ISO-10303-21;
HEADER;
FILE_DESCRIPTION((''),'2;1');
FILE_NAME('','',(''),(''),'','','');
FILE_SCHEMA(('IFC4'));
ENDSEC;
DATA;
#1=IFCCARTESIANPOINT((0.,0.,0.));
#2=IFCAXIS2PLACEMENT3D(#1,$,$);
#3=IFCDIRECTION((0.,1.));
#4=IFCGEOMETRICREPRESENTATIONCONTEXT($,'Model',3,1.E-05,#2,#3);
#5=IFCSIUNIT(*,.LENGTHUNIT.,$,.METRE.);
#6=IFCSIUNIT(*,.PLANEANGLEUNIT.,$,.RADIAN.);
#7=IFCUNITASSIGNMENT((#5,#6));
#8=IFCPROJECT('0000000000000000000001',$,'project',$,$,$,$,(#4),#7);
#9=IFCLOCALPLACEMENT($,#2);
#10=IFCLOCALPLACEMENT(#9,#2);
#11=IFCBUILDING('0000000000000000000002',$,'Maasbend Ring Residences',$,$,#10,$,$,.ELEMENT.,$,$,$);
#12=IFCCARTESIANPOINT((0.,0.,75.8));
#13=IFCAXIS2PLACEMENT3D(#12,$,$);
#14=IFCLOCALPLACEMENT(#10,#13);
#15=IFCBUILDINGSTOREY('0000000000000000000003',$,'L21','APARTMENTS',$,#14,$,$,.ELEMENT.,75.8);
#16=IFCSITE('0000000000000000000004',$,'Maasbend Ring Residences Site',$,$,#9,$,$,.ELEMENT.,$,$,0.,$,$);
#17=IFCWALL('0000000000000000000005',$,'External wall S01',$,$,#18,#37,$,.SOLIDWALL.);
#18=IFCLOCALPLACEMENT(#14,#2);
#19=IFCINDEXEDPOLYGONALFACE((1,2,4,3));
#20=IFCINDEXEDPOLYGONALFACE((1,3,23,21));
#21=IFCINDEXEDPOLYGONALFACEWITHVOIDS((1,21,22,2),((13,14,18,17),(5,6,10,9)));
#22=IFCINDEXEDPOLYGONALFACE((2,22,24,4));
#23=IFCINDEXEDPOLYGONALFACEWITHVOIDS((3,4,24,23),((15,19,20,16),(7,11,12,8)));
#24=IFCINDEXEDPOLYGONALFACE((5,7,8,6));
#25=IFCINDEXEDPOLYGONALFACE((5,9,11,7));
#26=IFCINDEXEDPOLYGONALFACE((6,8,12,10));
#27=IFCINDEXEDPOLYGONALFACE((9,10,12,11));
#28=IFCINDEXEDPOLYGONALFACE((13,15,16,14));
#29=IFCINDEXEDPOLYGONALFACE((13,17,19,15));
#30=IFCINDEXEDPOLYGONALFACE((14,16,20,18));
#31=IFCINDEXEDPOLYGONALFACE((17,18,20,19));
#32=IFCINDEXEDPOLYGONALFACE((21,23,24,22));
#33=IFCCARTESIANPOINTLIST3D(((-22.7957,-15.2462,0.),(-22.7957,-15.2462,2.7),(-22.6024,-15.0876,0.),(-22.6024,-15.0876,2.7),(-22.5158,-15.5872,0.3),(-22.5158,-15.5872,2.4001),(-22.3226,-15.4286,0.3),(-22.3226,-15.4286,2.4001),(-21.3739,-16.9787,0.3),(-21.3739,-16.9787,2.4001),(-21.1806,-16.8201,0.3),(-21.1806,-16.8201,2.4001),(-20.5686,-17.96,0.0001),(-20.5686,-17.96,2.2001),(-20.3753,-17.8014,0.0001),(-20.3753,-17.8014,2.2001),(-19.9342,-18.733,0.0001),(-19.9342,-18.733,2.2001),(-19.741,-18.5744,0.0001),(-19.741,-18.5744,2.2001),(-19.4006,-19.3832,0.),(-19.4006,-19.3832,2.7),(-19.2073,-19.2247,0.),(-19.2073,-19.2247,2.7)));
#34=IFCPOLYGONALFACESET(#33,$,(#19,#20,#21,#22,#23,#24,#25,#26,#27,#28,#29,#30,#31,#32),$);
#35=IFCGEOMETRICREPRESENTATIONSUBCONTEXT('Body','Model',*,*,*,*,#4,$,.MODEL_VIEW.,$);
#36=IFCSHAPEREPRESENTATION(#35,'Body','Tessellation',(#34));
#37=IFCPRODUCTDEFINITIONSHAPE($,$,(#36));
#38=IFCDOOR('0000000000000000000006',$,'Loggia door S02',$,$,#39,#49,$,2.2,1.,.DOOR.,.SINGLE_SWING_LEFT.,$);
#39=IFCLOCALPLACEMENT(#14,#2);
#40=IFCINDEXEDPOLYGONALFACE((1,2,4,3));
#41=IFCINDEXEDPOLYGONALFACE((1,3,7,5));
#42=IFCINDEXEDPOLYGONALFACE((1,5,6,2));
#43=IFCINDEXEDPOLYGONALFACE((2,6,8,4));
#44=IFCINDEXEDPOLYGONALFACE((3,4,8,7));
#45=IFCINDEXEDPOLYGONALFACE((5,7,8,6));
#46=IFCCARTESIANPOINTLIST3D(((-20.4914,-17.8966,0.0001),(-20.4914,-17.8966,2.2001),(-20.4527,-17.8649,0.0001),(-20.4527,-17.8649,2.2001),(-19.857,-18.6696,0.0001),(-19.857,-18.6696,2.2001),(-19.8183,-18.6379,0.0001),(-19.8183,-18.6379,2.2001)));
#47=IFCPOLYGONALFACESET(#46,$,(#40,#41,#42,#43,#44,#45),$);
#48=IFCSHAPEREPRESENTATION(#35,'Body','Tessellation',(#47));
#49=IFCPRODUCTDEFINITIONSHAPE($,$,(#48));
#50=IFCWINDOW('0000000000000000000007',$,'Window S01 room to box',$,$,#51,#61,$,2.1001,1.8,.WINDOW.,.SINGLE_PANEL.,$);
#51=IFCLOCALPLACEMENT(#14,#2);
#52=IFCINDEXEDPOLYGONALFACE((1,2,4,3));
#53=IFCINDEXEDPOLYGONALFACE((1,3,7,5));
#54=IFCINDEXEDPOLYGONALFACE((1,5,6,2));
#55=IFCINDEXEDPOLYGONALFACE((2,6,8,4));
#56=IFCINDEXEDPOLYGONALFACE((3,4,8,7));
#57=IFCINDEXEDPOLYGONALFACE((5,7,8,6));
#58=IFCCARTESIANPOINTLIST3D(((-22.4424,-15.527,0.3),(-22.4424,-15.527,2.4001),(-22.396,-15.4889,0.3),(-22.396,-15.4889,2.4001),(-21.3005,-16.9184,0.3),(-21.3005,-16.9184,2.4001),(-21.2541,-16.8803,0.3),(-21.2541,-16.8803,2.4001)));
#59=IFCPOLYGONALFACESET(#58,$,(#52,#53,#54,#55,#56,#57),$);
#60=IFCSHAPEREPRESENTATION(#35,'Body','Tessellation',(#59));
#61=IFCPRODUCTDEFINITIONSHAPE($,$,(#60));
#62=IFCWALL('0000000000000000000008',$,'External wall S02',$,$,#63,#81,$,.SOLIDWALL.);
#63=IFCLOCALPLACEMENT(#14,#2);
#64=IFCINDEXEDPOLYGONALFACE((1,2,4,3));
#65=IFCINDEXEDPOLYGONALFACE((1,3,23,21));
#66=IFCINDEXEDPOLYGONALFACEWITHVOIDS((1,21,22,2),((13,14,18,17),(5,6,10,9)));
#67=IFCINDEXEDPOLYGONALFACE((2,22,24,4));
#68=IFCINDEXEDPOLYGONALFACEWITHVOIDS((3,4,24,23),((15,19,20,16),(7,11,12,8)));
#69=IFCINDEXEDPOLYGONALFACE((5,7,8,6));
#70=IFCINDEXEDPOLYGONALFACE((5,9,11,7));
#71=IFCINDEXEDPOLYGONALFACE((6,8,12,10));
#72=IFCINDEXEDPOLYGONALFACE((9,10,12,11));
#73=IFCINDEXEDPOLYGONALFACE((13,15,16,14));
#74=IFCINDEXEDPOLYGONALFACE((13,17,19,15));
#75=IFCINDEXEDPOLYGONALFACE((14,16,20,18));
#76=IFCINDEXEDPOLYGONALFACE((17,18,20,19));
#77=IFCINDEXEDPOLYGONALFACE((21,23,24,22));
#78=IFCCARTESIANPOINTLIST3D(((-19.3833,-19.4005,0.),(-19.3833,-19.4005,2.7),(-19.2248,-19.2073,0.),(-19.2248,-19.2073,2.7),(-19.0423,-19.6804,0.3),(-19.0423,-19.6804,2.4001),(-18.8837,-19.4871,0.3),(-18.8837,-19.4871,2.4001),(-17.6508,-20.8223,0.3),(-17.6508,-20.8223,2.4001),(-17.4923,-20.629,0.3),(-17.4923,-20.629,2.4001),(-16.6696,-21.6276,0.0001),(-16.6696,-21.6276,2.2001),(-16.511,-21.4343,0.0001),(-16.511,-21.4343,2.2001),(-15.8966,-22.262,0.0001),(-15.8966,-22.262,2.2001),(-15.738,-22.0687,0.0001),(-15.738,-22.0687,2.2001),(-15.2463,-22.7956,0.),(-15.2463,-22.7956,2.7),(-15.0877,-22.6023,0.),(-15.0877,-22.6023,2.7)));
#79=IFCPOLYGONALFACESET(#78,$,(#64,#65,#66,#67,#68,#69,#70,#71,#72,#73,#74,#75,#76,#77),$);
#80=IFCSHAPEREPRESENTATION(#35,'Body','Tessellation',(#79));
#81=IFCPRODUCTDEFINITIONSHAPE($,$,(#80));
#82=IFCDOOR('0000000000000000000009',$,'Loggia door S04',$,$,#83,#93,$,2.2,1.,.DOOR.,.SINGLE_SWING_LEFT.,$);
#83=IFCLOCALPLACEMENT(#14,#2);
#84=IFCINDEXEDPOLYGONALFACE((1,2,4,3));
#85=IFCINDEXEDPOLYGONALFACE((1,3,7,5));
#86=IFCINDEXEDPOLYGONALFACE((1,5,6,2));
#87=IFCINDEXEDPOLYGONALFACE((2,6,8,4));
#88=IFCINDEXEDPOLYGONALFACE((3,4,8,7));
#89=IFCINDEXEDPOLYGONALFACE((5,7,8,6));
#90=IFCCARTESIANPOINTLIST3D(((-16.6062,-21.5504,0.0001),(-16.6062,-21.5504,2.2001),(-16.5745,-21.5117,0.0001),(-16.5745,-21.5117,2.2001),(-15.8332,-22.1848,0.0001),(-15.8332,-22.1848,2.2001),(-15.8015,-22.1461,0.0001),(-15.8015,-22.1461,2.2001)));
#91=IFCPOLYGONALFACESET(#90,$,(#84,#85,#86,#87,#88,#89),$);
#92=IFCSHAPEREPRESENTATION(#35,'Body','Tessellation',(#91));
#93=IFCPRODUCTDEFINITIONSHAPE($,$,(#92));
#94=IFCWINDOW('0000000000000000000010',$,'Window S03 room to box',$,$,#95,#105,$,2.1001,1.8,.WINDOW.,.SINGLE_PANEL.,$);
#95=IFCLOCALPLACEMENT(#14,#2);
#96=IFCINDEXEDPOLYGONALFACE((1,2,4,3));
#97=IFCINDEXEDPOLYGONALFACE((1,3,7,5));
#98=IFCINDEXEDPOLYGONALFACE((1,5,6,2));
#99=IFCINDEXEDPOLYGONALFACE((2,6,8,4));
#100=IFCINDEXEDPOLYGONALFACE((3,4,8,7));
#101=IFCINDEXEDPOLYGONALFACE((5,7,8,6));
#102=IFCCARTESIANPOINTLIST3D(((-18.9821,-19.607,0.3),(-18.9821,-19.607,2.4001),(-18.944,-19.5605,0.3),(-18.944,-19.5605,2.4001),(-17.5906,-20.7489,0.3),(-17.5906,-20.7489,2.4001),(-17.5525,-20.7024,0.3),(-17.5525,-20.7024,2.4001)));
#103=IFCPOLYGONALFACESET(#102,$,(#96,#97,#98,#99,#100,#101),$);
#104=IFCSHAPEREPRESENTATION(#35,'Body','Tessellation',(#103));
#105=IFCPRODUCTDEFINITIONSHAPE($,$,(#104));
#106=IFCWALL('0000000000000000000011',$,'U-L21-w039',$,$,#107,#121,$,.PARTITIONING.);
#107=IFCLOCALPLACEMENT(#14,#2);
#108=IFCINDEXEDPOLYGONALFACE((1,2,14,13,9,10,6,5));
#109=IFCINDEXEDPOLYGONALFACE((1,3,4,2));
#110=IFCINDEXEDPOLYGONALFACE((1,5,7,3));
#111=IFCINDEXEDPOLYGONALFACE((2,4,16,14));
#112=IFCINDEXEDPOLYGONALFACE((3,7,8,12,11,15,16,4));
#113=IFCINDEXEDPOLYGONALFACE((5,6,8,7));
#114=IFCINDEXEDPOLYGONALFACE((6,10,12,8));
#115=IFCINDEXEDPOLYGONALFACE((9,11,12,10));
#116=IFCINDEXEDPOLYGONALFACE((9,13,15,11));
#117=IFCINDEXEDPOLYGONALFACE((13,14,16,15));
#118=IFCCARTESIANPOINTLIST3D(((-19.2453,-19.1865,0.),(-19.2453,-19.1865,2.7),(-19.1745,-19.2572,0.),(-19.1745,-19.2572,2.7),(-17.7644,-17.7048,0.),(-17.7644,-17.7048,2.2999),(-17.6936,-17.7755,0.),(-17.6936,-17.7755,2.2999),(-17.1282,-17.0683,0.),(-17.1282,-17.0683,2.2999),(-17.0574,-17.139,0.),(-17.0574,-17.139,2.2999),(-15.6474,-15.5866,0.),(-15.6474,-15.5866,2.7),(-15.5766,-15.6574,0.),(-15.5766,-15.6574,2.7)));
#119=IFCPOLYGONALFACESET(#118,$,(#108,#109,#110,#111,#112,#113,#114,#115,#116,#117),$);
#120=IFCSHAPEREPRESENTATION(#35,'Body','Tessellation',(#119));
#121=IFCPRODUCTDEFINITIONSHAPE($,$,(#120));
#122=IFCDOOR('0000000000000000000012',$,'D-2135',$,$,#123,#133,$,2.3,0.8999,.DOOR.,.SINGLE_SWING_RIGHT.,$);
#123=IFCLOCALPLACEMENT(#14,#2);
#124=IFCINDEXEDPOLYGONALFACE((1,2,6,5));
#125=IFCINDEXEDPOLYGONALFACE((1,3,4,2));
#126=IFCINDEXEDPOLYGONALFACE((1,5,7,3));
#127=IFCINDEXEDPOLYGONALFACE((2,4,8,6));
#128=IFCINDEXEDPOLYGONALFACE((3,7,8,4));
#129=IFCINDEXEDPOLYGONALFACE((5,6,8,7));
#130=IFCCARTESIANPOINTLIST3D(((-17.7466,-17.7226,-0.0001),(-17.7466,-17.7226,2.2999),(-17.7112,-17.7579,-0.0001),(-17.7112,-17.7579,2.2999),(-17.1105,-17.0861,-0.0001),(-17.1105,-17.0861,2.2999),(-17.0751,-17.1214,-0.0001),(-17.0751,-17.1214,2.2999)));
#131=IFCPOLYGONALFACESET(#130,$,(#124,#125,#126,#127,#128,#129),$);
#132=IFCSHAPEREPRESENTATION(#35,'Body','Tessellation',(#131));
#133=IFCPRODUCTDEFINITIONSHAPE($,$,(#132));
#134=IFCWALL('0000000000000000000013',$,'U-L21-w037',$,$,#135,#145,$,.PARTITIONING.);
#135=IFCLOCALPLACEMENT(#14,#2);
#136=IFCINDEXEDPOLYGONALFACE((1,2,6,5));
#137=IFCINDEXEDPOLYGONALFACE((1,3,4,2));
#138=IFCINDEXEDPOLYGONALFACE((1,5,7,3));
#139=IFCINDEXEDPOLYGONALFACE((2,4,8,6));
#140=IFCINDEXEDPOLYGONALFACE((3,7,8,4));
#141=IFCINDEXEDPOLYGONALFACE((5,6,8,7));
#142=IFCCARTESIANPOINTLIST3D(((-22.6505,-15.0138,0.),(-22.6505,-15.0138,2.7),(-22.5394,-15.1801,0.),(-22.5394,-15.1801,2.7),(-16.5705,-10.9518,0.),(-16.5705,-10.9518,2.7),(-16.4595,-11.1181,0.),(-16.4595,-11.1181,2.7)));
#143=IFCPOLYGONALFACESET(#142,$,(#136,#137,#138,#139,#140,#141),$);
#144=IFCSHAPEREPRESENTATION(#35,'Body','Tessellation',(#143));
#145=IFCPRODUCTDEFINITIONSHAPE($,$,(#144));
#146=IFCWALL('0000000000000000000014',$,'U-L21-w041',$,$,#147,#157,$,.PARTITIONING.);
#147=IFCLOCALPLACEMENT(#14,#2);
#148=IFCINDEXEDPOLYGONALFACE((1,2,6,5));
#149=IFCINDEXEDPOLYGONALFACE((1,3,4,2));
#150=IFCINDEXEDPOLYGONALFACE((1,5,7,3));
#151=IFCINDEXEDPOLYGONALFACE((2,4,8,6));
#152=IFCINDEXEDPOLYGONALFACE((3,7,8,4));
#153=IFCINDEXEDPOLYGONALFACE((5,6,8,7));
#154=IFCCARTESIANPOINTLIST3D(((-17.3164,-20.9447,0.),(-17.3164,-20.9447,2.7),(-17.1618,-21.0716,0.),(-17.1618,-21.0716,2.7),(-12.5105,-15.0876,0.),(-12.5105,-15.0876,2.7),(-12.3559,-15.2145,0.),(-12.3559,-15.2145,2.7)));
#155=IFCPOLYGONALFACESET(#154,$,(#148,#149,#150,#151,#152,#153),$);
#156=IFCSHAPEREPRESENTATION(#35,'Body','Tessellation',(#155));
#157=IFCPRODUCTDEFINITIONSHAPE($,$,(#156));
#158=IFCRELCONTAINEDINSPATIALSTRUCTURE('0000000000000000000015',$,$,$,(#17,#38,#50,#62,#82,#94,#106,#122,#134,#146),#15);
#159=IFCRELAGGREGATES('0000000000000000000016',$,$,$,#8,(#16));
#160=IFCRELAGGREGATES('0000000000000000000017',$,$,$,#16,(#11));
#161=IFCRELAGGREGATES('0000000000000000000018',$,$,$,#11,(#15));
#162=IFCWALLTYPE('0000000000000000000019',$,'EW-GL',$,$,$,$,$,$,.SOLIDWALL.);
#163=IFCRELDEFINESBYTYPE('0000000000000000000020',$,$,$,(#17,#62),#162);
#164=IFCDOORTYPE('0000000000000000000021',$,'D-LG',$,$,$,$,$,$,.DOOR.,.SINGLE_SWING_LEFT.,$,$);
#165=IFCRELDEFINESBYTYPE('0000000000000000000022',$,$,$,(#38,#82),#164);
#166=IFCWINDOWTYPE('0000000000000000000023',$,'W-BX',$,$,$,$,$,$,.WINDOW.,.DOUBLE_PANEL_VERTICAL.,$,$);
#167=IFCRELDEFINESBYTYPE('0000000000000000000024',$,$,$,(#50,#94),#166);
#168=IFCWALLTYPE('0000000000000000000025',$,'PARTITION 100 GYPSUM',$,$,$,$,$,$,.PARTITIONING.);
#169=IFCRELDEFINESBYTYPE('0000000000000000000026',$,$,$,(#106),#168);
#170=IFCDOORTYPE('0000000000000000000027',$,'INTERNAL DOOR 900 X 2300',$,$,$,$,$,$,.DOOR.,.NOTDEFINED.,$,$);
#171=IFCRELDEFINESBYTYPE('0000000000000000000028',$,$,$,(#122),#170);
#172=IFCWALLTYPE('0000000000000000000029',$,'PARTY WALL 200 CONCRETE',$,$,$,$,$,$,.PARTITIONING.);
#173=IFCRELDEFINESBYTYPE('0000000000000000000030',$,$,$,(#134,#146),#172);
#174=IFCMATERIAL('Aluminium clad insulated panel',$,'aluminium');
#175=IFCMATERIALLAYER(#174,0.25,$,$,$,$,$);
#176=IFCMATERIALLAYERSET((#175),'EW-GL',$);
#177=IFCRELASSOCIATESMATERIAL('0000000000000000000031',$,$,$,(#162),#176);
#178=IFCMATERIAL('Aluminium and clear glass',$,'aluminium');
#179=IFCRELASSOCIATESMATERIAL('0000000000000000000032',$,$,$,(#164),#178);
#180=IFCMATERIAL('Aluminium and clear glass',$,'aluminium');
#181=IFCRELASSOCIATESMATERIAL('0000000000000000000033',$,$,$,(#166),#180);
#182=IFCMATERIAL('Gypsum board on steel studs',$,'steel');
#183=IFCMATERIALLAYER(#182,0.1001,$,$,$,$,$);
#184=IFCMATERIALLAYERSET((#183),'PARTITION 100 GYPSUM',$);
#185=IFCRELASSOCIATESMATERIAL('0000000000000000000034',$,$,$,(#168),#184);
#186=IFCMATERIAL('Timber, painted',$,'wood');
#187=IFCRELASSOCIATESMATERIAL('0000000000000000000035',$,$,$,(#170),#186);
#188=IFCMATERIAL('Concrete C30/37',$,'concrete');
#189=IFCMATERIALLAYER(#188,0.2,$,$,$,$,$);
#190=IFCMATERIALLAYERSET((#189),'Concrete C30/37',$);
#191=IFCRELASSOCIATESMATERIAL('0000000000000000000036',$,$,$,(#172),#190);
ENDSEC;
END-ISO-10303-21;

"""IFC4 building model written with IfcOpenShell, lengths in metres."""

from ifc_helpers import new_model, si_unit, direction, frame, frame_2d, origin, place, context, subcontext, project, spatial, rectangle, extrude, material, layer, layer_set, type_object, element, fill, save


model = new_model("IFC4")

# Units and contexts
model_context = context("Model", 3, precision=1e-05, world=origin(), true_north=direction((0.0, 1.0)))
body_context = subcontext(model_context, "Body", "Model", "MODEL_VIEW")
ifc_project = project(units=[si_unit("LENGTHUNIT", "METRE"), si_unit("PLANEANGLEUNIT", "RADIAN")], contexts=[model_context])

# Site, building, storey
site_placement = place(None, origin())
site = spatial("IfcSite", under=ifc_project, at=site_placement, Name="Maasbend Ring Residences Site", CompositionType="ELEMENT", RefElevation=0.0)
building_placement = place(site_placement, origin())
building = spatial("IfcBuilding", under=site, at=building_placement, Name="Maasbend Ring Residences", CompositionType="ELEMENT")
storey_placement = place(building_placement, frame((0.0, 0.0, 75.8)))
storey = spatial("IfcBuildingStorey", under=building, at=storey_placement, Name="L21", Description="APARTMENTS", CompositionType="ELEMENT", Elevation=75.8)

# Walls, openings, doors, windows
ifc_material_1 = material(Name="Aluminium clad insulated panel", Category="aluminium")
ifc_layer_1 = layer(ifc_material_1, 0.25)
ifc_layer_set_1 = layer_set([ifc_layer_1], Name="EW-GL")
wall_type_1 = type_object("IfcWallType", Name="EW-GL", PredefinedType="SOLIDWALL", material=ifc_layer_set_1)
wall_1_placement = place(storey_placement, frame((-22.699, -15.167, 0.0), z_axis=(0.0, 0.0, 1.0), x_axis=(0.634382, -0.773019, 0.0)))
wall_1 = element("IfcWall", 1, at=wall_1_placement, inside=storey, type_object=wall_type_1, Name="External wall S01", PredefinedType="SOLIDWALL", context=body_context, shape_type="SweptSolid", body=[
    extrude(rectangle(XDim=5.3518, YDim=0.25, at=frame_2d((2.6758, 0.0))), origin(), (0.0, 0.0, 1.0), 2.7),
])
opening_1_placement = place(wall_1_placement, frame((0.4412, 0.0, 0.3)))
opening_1 = element("IfcOpeningElement", 2, at=opening_1_placement, cuts=wall_1, PredefinedType="OPENING", context=body_context, shape_type="SweptSolid", body=[
    extrude(rectangle(XDim=1.8, YDim=2.1001, at=frame_2d((0.8999, 1.05))), frame((0.0, 0.135, 0.0), z_axis=(0.0, -1.0, 0.0), x_axis=(1.0, 0.0, 0.0)), (0.0, 0.0, 1.0), 0.27),
])
opening_2_placement = place(wall_1_placement, frame((3.5105, 0.0, 0.0)))
opening_2 = element("IfcOpeningElement", 3, at=opening_2_placement, cuts=wall_1, PredefinedType="OPENING", context=body_context, shape_type="SweptSolid", body=[
    extrude(rectangle(XDim=1.0, YDim=2.2, at=frame_2d((0.5, 1.1001))), frame((0.0, 0.135, 0.0), z_axis=(0.0, -1.0, 0.0), x_axis=(1.0, 0.0, 0.0)), (0.0, 0.0, 1.0), 0.27),
])
ifc_material_2 = material(Name="Aluminium and clear glass", Category="aluminium")
door_type_1 = type_object("IfcDoorType", Name="D-LG", OperationType="SINGLE_SWING_LEFT", PredefinedType="DOOR", material=ifc_material_2)
door_1_placement = place(opening_2_placement, origin())
door_1 = element("IfcDoor", 4, at=door_1_placement, inside=storey, type_object=door_type_1, Name="Loggia door S02", OperationType="SINGLE_SWING_LEFT", OverallHeight=2.2, OverallWidth=1.0, PredefinedType="DOOR", context=body_context, shape_type="SweptSolid", body=[
    extrude(rectangle(XDim=1.0, YDim=2.2, at=frame_2d((0.5, 1.1001))), frame((0.0, 0.0249, 0.0), z_axis=(0.0, -1.0, 0.0), x_axis=(1.0, 0.0, 0.0)), (0.0, 0.0, 1.0), 0.05),
])
fill(opening_2, door_1)
ifc_material_3 = material(Name="Aluminium and clear glass", Category="aluminium")
window_type_1 = type_object("IfcWindowType", Name="W-BX", PartitioningType="DOUBLE_PANEL_VERTICAL", PredefinedType="WINDOW", material=ifc_material_3)
window_1_placement = place(opening_1_placement, origin())
window_1 = element("IfcWindow", 5, at=window_1_placement, inside=storey, type_object=window_type_1, Name="Window S01 room to box", OverallHeight=2.1001, OverallWidth=1.8, PartitioningType="SINGLE_PANEL", PredefinedType="WINDOW", context=body_context, shape_type="SweptSolid", body=[
    extrude(rectangle(XDim=1.8, YDim=2.1001, at=frame_2d((0.8999, 1.05))), frame((0.0, 0.03, 0.0), z_axis=(0.0, -1.0, 0.0), x_axis=(1.0, 0.0, 0.0)), (0.0, 0.0, 1.0), 0.0601),
])
fill(opening_1, window_1)
wall_2_placement = place(storey_placement, frame((-19.304, -19.304, 0.0), z_axis=(0.0, 0.0, 1.0), x_axis=(0.773019, -0.634382, 0.0)))
wall_2 = element("IfcWall", 6, at=wall_2_placement, inside=storey, type_object=wall_type_1, Name="External wall S02", PredefinedType="SOLIDWALL", context=body_context, shape_type="SweptSolid", body=[
    extrude(rectangle(XDim=5.3518, YDim=0.25, at=frame_2d((2.6758, 0.0))), origin(), (0.0, 0.0, 1.0), 2.7),
])
opening_3_placement = place(wall_2_placement, frame((0.4412, 0.0, 0.3)))
opening_3 = element("IfcOpeningElement", 7, at=opening_3_placement, cuts=wall_2, PredefinedType="OPENING", context=body_context, shape_type="SweptSolid", body=[
    extrude(rectangle(XDim=1.8, YDim=2.1001, at=frame_2d((0.8999, 1.05))), frame((0.0, 0.135, 0.0), z_axis=(0.0, -1.0, 0.0), x_axis=(1.0, 0.0, 0.0)), (0.0, 0.0, 1.0), 0.27),
])
opening_4_placement = place(wall_2_placement, frame((3.5105, 0.0, 0.0)))
opening_4 = element("IfcOpeningElement", 8, at=opening_4_placement, cuts=wall_2, PredefinedType="OPENING", context=body_context, shape_type="SweptSolid", body=[
    extrude(rectangle(XDim=1.0, YDim=2.2, at=frame_2d((0.5, 1.1001))), frame((0.0, 0.135, 0.0), z_axis=(0.0, -1.0, 0.0), x_axis=(1.0, 0.0, 0.0)), (0.0, 0.0, 1.0), 0.27),
])
door_2_placement = place(opening_4_placement, origin())
door_2 = element("IfcDoor", 9, at=door_2_placement, inside=storey, type_object=door_type_1, Name="Loggia door S04", OperationType="SINGLE_SWING_LEFT", OverallHeight=2.2, OverallWidth=1.0, PredefinedType="DOOR", context=body_context, shape_type="SweptSolid", body=[
    extrude(rectangle(XDim=1.0, YDim=2.2, at=frame_2d((0.5, 1.1001))), frame((0.0, 0.0249, 0.0), z_axis=(0.0, -1.0, 0.0), x_axis=(1.0, 0.0, 0.0)), (0.0, 0.0, 1.0), 0.05),
])
fill(opening_4, door_2)
window_2_placement = place(opening_3_placement, origin())
window_2 = element("IfcWindow", 10, at=window_2_placement, inside=storey, type_object=window_type_1, Name="Window S03 room to box", OverallHeight=2.1001, OverallWidth=1.8, PartitioningType="SINGLE_PANEL", PredefinedType="WINDOW", context=body_context, shape_type="SweptSolid", body=[
    extrude(rectangle(XDim=1.8, YDim=2.1001, at=frame_2d((0.8999, 1.05))), frame((0.0, 0.03, 0.0), z_axis=(0.0, -1.0, 0.0), x_axis=(1.0, 0.0, 0.0)), (0.0, 0.0, 1.0), 0.0601),
])
fill(opening_3, window_2)

# Wall, opening, door
ifc_material_4 = material(Name="Gypsum board on steel studs", Category="steel")
ifc_layer_2 = layer(ifc_material_4, 0.1001)
ifc_layer_set_2 = layer_set([ifc_layer_2], Name="PARTITION 100 GYPSUM")
wall_type_2 = type_object("IfcWallType", Name="PARTITION 100 GYPSUM", PredefinedType="PARTITIONING", material=ifc_layer_set_2)
wall_3_placement = place(storey_placement, frame((-19.21, -19.2219, 0.0), z_axis=(0.0, 0.0, 1.0), x_axis=(0.706915, 0.707299, 0.0)))
wall_3 = element("IfcWall", 11, at=wall_3_placement, inside=storey, type_object=wall_type_2, Name="U-L21-w039", PredefinedType="PARTITIONING", context=body_context, shape_type="SweptSolid", body=[
    extrude(rectangle(XDim=5.0896, YDim=0.1001, at=frame_2d((2.5449, 0.0))), origin(), (0.0, 0.0, 1.0), 2.7),
])
opening_5_placement = place(wall_3_placement, frame((2.095, 0.0, 0.0)))
opening_5 = element("IfcOpeningElement", 12, at=opening_5_placement, cuts=wall_3, PredefinedType="OPENING", context=body_context, shape_type="SweptSolid", body=[
    extrude(rectangle(XDim=0.8999, YDim=2.3, at=frame_2d((0.45, 1.1499))), frame((0.0, 0.0601, 0.0), z_axis=(0.0, -1.0, 0.0), x_axis=(1.0, 0.0, 0.0)), (0.0, 0.0, 1.0), 0.1201),
])
ifc_material_5 = material(Name="Timber, painted", Category="wood")
door_type_2 = type_object("IfcDoorType", Name="INTERNAL DOOR 900 X 2300", OperationType="NOTDEFINED", PredefinedType="DOOR", material=ifc_material_5)
door_3_placement = place(opening_5_placement, origin())
door_3 = element("IfcDoor", 13, at=door_3_placement, inside=storey, type_object=door_type_2, Name="D-2135", OperationType="SINGLE_SWING_RIGHT", OverallHeight=2.3, OverallWidth=0.8999, PredefinedType="DOOR", context=body_context, shape_type="SweptSolid", body=[
    extrude(rectangle(XDim=0.8999, YDim=2.3, at=frame_2d((0.45, 1.1499))), frame((0.0, 0.0249, 0.0), z_axis=(0.0, -1.0, 0.0), x_axis=(1.0, 0.0, 0.0)), (0.0, 0.0, 1.0), 0.05),
])
fill(opening_5, door_3)

# Walls
ifc_material_6 = material(Name="Concrete C30/37", Category="concrete")
ifc_layer_3 = layer(ifc_material_6, 0.2)
ifc_layer_set_3 = layer_set([ifc_layer_3], Name="Concrete C30/37")
wall_type_3 = type_object("IfcWallType", Name="PARTY WALL 200 CONCRETE", PredefinedType="PARTITIONING", material=ifc_layer_set_3)
wall_4_placement = place(storey_placement, frame((-22.595, -15.0969, 0.0), z_axis=(0.0, 0.0, 1.0), x_axis=(0.831505, 0.555517, 0.0)))
element("IfcWall", 14, at=wall_4_placement, inside=storey, type_object=wall_type_3, Name="U-L21-w037", PredefinedType="PARTITIONING", context=body_context, shape_type="SweptSolid", body=[
    extrude(rectangle(XDim=7.312, YDim=0.2, at=frame_2d((3.656, 0.0))), origin(), (0.0, 0.0, 1.0), 2.7),
])
wall_5_placement = place(storey_placement, frame((-17.239, -21.0081, 0.0), z_axis=(0.0, 0.0, 1.0), x_axis=(0.634318, 0.773072, 0.0)))
element("IfcWall", 15, at=wall_5_placement, inside=storey, type_object=wall_type_3, Name="U-L21-w041", PredefinedType="PARTITIONING", context=body_context, shape_type="SweptSolid", body=[
    extrude(rectangle(XDim=7.5764, YDim=0.2, at=frame_2d((3.7881, 0.0))), origin(), (0.0, 0.0, 1.0), 2.7),
])

save(model, "model.ifc")
